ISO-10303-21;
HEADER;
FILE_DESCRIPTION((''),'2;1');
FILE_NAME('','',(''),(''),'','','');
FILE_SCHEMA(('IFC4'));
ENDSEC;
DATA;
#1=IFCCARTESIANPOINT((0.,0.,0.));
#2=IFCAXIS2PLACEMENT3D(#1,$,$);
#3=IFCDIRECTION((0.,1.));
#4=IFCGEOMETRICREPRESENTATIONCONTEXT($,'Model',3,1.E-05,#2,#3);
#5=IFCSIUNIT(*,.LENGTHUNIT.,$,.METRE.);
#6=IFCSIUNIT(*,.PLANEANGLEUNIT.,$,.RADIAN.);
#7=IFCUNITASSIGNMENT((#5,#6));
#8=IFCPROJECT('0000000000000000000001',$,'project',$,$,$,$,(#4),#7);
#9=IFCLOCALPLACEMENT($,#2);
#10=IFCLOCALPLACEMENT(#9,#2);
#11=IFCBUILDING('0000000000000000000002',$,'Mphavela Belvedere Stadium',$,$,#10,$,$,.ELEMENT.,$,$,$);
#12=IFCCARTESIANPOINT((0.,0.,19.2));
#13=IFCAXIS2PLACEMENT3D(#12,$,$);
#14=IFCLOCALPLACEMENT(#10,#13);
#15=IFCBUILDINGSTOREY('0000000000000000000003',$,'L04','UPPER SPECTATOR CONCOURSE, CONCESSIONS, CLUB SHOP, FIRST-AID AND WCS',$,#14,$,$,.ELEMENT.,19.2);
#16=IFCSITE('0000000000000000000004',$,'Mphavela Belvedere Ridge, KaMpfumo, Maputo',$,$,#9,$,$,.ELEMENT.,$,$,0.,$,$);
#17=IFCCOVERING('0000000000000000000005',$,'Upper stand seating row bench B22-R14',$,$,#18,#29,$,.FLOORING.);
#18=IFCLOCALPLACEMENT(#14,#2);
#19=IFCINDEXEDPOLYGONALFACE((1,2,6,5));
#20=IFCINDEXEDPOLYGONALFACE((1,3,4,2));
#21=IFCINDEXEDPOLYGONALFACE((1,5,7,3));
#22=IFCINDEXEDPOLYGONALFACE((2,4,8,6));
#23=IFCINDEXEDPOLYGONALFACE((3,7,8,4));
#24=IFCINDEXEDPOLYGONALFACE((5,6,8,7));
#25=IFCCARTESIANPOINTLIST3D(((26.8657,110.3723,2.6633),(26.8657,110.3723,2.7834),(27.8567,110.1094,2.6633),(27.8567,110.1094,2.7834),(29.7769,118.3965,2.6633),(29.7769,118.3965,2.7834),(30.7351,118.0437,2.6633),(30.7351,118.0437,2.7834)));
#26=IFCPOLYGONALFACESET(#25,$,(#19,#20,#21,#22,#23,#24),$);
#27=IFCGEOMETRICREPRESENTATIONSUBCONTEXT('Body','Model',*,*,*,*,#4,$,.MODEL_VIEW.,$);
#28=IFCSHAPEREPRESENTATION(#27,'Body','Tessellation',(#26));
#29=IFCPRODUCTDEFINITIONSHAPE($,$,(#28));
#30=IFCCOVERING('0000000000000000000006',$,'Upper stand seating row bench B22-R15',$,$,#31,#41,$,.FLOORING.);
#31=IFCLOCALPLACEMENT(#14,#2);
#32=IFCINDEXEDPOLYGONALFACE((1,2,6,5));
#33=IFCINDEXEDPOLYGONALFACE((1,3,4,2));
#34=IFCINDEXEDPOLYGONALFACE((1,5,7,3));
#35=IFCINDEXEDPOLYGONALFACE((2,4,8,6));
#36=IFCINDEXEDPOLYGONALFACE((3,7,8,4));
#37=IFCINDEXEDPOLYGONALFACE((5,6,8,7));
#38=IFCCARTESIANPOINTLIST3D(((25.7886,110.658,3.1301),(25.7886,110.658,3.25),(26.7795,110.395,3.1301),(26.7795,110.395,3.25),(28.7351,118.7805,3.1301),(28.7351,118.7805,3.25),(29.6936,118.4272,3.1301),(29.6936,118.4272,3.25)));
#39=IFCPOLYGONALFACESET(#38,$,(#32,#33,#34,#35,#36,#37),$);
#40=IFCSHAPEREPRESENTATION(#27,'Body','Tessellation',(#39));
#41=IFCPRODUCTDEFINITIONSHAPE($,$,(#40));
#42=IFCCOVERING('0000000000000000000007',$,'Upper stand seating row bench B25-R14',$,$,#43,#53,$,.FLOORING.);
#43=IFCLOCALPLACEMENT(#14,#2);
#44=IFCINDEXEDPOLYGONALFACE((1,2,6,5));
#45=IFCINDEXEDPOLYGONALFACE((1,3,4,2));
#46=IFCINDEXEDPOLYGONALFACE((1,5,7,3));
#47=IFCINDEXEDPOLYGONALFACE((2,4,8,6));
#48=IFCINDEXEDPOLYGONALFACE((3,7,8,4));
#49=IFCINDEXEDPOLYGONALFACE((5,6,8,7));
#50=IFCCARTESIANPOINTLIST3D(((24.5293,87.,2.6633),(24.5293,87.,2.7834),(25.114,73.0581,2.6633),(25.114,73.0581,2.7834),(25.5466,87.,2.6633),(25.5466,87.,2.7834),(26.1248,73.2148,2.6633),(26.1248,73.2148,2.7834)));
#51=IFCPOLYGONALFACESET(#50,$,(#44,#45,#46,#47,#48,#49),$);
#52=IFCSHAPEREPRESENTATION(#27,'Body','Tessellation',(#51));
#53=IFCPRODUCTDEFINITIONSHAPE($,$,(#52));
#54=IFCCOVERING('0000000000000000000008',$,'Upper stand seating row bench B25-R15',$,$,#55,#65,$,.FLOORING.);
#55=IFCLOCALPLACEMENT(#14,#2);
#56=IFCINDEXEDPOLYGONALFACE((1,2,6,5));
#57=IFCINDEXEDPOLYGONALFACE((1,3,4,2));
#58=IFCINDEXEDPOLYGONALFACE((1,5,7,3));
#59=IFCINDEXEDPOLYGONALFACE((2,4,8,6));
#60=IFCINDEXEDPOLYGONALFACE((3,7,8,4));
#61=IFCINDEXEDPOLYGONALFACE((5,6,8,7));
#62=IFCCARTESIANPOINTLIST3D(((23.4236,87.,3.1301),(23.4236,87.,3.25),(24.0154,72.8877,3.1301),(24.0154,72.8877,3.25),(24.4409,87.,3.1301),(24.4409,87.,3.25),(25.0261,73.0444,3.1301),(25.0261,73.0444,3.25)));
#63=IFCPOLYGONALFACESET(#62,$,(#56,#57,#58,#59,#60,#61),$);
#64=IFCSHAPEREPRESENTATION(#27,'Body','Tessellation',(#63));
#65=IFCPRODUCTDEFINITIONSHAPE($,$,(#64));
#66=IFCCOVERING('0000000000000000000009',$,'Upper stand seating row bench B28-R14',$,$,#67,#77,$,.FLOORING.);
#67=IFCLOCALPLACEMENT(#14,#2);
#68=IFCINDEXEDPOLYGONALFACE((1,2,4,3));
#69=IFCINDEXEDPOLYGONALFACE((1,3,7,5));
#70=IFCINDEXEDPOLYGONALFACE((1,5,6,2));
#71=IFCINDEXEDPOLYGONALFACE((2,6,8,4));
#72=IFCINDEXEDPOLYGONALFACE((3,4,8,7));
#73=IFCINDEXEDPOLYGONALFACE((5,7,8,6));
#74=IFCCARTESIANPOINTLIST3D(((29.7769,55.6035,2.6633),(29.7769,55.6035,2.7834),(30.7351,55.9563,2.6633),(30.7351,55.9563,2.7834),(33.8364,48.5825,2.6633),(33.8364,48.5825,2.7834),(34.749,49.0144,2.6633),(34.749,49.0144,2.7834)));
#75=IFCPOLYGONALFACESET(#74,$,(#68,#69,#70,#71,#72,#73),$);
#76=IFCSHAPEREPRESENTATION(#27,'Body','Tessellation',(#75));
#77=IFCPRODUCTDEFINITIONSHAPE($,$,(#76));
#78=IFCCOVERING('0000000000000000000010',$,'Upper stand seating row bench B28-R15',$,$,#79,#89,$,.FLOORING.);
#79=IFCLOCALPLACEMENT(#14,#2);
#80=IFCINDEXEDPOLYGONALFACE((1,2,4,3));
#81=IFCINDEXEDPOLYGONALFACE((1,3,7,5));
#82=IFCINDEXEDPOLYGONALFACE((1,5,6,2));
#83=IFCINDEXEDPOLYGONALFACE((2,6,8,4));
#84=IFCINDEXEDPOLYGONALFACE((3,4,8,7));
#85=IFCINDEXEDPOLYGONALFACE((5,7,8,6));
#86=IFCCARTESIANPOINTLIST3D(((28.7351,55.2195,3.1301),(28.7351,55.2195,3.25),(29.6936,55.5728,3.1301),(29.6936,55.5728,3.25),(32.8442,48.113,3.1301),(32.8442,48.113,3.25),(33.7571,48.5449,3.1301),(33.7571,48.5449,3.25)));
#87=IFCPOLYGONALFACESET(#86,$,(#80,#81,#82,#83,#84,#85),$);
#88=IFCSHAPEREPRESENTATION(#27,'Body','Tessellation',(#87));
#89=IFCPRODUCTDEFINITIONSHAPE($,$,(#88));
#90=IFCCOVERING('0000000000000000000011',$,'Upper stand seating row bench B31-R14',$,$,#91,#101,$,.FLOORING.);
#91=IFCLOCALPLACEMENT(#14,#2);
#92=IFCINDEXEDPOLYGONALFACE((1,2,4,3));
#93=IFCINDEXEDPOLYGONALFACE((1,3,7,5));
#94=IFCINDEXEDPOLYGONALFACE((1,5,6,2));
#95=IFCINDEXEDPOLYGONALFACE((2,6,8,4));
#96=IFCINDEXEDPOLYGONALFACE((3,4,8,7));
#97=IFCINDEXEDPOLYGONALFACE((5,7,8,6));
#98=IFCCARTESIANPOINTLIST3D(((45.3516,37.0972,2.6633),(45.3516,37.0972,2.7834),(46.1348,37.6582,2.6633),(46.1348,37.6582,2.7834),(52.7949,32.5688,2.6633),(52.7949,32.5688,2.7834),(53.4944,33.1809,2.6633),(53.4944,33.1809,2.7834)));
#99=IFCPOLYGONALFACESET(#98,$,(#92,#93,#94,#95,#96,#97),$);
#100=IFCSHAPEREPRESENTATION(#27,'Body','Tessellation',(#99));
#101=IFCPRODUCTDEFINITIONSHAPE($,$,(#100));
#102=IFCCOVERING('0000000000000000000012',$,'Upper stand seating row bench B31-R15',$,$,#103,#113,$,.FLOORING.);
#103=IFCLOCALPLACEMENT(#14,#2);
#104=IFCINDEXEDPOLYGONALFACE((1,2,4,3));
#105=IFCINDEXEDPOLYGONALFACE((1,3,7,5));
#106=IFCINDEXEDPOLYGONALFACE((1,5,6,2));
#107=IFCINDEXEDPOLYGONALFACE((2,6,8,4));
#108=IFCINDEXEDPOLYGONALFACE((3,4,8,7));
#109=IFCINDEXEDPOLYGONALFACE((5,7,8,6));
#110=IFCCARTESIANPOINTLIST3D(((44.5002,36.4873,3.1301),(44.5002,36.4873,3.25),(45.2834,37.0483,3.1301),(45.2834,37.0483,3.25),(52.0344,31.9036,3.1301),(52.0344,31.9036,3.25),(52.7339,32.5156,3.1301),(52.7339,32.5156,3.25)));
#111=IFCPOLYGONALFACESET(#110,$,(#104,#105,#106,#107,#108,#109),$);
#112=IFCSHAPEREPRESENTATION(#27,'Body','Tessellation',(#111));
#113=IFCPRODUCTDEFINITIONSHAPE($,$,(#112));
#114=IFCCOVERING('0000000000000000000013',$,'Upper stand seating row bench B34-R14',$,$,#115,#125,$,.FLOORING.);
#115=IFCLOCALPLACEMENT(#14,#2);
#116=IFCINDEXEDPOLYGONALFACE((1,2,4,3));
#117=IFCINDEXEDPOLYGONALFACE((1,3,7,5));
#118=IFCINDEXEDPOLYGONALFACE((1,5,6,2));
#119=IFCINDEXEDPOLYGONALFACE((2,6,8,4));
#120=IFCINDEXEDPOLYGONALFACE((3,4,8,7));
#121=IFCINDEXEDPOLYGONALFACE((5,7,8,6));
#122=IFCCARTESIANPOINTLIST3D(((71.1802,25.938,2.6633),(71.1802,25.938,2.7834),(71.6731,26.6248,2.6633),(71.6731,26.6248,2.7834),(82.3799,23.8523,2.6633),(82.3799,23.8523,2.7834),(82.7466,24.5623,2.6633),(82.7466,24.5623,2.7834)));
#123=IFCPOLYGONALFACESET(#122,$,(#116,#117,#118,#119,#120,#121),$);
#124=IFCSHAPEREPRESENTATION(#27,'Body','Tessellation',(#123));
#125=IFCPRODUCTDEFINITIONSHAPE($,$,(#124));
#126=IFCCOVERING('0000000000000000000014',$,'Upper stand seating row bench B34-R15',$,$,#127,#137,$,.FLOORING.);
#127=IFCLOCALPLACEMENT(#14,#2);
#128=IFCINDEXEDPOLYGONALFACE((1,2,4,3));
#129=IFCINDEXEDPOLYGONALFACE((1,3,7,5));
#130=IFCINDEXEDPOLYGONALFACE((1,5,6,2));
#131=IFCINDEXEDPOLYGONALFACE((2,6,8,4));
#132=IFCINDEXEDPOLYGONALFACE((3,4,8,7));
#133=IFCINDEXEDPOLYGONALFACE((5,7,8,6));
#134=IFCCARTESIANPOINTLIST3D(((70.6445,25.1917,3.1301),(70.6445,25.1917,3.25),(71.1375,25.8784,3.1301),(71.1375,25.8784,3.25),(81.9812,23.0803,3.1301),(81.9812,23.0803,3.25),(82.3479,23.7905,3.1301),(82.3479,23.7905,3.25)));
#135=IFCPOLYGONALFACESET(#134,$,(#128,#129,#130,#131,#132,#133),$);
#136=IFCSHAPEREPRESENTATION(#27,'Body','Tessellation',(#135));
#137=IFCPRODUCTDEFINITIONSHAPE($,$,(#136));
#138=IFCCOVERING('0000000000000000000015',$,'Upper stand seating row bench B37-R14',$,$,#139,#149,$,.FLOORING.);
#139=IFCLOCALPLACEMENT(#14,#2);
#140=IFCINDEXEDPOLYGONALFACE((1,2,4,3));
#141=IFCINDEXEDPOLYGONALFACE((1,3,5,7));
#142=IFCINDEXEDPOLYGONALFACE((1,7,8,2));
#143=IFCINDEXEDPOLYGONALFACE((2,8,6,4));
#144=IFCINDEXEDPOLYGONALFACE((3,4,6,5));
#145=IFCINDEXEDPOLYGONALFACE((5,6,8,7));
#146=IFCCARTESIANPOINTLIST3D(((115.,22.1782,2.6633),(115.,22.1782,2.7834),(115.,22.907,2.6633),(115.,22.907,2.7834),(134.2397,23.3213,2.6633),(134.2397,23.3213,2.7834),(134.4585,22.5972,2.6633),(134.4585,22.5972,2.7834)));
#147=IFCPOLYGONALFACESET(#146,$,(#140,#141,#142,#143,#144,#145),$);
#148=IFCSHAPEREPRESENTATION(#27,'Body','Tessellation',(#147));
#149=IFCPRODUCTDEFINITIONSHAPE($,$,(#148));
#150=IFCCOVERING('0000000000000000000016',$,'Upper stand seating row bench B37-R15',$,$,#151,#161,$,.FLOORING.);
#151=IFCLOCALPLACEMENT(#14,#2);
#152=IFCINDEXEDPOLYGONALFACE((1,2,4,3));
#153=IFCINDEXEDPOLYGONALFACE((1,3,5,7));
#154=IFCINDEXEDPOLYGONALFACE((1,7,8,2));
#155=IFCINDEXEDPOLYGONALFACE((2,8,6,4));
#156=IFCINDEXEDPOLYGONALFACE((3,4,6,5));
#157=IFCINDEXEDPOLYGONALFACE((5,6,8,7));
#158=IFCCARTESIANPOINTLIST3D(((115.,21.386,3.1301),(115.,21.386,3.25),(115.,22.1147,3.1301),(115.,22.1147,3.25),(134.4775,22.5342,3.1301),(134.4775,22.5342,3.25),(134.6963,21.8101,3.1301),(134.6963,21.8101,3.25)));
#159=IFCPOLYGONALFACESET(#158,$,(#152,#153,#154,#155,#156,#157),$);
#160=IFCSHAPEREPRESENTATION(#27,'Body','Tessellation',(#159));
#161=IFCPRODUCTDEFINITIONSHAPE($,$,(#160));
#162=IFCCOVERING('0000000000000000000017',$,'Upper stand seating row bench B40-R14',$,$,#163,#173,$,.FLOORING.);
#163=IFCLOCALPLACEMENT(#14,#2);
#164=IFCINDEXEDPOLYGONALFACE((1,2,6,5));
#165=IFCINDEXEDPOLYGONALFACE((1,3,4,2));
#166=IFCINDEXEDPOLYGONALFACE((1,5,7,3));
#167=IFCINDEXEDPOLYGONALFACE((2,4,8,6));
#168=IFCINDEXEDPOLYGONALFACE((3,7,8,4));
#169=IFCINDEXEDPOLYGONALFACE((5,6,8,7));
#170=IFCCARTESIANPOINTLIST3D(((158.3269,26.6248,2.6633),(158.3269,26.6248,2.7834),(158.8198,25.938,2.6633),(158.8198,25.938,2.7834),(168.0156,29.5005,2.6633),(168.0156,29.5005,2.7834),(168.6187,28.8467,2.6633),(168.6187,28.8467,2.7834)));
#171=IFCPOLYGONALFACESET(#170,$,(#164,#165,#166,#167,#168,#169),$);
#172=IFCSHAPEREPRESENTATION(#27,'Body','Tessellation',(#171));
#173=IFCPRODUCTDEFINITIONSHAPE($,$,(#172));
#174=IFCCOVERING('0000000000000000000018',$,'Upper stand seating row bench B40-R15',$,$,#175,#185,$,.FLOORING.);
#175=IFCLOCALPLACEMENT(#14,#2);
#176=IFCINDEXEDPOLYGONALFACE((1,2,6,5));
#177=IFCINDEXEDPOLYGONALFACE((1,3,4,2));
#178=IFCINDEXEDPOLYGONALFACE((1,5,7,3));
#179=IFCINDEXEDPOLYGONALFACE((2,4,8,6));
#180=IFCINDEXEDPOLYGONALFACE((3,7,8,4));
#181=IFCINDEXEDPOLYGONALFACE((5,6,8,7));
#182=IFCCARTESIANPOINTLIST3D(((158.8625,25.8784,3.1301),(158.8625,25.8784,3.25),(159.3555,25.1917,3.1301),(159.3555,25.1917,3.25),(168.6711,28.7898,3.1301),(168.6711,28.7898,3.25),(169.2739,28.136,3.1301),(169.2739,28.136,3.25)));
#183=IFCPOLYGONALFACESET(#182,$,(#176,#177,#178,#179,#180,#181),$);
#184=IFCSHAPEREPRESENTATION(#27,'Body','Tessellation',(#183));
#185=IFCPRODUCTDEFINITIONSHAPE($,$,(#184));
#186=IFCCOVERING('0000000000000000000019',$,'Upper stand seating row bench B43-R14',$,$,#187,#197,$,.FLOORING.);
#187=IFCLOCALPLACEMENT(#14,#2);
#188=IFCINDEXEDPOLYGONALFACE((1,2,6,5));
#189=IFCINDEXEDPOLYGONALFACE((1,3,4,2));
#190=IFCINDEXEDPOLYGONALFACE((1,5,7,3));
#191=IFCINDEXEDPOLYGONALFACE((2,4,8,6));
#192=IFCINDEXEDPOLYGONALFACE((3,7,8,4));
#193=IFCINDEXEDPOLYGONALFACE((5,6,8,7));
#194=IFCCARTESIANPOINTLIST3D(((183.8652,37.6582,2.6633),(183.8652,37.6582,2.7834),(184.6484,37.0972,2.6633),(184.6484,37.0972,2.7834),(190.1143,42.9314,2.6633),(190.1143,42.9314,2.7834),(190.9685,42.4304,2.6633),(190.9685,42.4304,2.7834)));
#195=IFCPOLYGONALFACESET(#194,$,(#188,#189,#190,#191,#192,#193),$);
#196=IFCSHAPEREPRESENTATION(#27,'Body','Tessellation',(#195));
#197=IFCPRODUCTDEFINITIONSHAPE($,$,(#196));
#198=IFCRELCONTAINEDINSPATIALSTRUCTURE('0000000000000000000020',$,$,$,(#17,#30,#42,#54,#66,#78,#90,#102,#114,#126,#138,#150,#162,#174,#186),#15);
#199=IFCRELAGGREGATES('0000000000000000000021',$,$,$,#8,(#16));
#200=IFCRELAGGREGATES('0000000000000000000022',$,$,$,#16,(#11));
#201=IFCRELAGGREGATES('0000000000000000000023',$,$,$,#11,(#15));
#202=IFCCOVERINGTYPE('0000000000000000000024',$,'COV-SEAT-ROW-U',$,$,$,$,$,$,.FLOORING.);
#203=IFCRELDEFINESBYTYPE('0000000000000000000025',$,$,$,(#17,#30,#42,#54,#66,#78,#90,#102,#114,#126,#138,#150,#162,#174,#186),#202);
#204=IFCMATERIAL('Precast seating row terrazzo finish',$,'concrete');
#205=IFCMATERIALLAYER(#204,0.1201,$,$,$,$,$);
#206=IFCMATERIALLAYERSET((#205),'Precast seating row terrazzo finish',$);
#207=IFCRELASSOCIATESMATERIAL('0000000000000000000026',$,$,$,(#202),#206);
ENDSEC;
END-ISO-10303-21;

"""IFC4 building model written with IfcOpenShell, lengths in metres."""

from ifc_helpers import new_model, si_unit, direction, frame, origin, place, context, subcontext, project, spatial, polyline, outline, extrude, material, layer, layer_set, type_object, element, save


model = new_model("IFC4")

# Units and contexts
model_context = context("Model", 3, precision=1e-05, world=origin(), true_north=direction((0.0, 1.0)))
body_context = subcontext(model_context, "Body", "Model", "MODEL_VIEW")
ifc_project = project(units=[si_unit("LENGTHUNIT", "METRE"), si_unit("PLANEANGLEUNIT", "RADIAN")], contexts=[model_context])

# Site, building, storey
site_placement = place(None, origin())
site = spatial("IfcSite", under=ifc_project, at=site_placement, Name="Mphavela Belvedere Ridge, KaMpfumo, Maputo", CompositionType="ELEMENT", RefElevation=0.0)
building_placement = place(site_placement, origin())
building = spatial("IfcBuilding", under=site, at=building_placement, Name="Mphavela Belvedere Stadium", CompositionType="ELEMENT")
storey_placement = place(building_placement, frame((0.0, 0.0, 19.2)))
storey = spatial("IfcBuildingStorey", under=building, at=storey_placement, Name="L04", Description="UPPER SPECTATOR CONCOURSE, CONCESSIONS, CLUB SHOP, FIRST-AID AND WCS", CompositionType="ELEMENT", Elevation=19.2)

# Coverings
ifc_material_1 = material(Name="Precast seating row terrazzo finish", Category="concrete")
ifc_layer = layer(ifc_material_1, 0.1201)
ifc_layer_set = layer_set([ifc_layer], Name="Precast seating row terrazzo finish")
covering_type = type_object("IfcCoveringType", Name="COV-SEAT-ROW-U", PredefinedType="FLOORING", material=ifc_layer_set)
covering_1_placement = place(storey_placement, frame((0.0, 0.0, 2.6633)))
element("IfcCovering", 1, at=covering_1_placement, inside=storey, type_object=covering_type, Name="Upper stand seating row bench B22-R14", PredefinedType="FLOORING", context=body_context, shape_type="SweptSolid", body=[
    extrude(outline(polyline([(30.7351, 118.0437), (27.8567, 110.1094), (26.8657, 110.3723), (29.7769, 118.3965), (30.7351, 118.0437)])), origin(), (0.0, 0.0, 1.0), 0.1201),
])
covering_2_placement = place(storey_placement, frame((0.0, 0.0, 3.1301)))
element("IfcCovering", 2, at=covering_2_placement, inside=storey, type_object=covering_type, Name="Upper stand seating row bench B22-R15", PredefinedType="FLOORING", context=body_context, shape_type="SweptSolid", body=[
    extrude(outline(polyline([(29.6936, 118.4272), (26.7795, 110.395), (25.7886, 110.658), (28.7351, 118.7805), (29.6936, 118.4272)])), origin(), (0.0, 0.0, 1.0), 0.1199),
])
covering_3_placement = place(storey_placement, frame((0.0, 0.0, 2.6633)))
element("IfcCovering", 3, at=covering_3_placement, inside=storey, type_object=covering_type, Name="Upper stand seating row bench B25-R14", PredefinedType="FLOORING", context=body_context, shape_type="SweptSolid", body=[
    extrude(outline(polyline([(25.5466, 87.0), (26.1248, 73.2148), (25.114, 73.0581), (24.5293, 87.0), (25.5466, 87.0)])), origin(), (0.0, 0.0, 1.0), 0.1201),
])
covering_4_placement = place(storey_placement, frame((0.0, 0.0, 3.1301)))
element("IfcCovering", 4, at=covering_4_placement, inside=storey, type_object=covering_type, Name="Upper stand seating row bench B25-R15", PredefinedType="FLOORING", context=body_context, shape_type="SweptSolid", body=[
    extrude(outline(polyline([(24.4409, 87.0), (25.0261, 73.0444), (24.0154, 72.8877), (23.4236, 87.0), (24.4409, 87.0)])), origin(), (0.0, 0.0, 1.0), 0.1199),
])
covering_5_placement = place(storey_placement, frame((0.0, 0.0, 2.6633)))
element("IfcCovering", 5, at=covering_5_placement, inside=storey, type_object=covering_type, Name="Upper stand seating row bench B28-R14", PredefinedType="FLOORING", context=body_context, shape_type="SweptSolid", body=[
    extrude(outline(polyline([(30.7351, 55.9563), (34.749, 49.0144), (33.8364, 48.5825), (29.7769, 55.6035), (30.7351, 55.9563)])), origin(), (0.0, 0.0, 1.0), 0.1201),
])
covering_6_placement = place(storey_placement, frame((0.0, 0.0, 3.1301)))
element("IfcCovering", 6, at=covering_6_placement, inside=storey, type_object=covering_type, Name="Upper stand seating row bench B28-R15", PredefinedType="FLOORING", context=body_context, shape_type="SweptSolid", body=[
    extrude(outline(polyline([(29.6936, 55.5728), (33.7571, 48.5449), (32.8442, 48.113), (28.7351, 55.2195), (29.6936, 55.5728)])), origin(), (0.0, 0.0, 1.0), 0.1199),
])
covering_7_placement = place(storey_placement, frame((0.0, 0.0, 2.6633)))
element("IfcCovering", 7, at=covering_7_placement, inside=storey, type_object=covering_type, Name="Upper stand seating row bench B31-R14", PredefinedType="FLOORING", context=body_context, shape_type="SweptSolid", body=[
    extrude(outline(polyline([(46.1348, 37.6582), (53.4944, 33.1809), (52.7949, 32.5688), (45.3516, 37.0972), (46.1348, 37.6582)])), origin(), (0.0, 0.0, 1.0), 0.1201),
])
covering_8_placement = place(storey_placement, frame((0.0, 0.0, 3.1301)))
element("IfcCovering", 8, at=covering_8_placement, inside=storey, type_object=covering_type, Name="Upper stand seating row bench B31-R15", PredefinedType="FLOORING", context=body_context, shape_type="SweptSolid", body=[
    extrude(outline(polyline([(45.2834, 37.0483), (52.7339, 32.5156), (52.0344, 31.9036), (44.5002, 36.4873), (45.2834, 37.0483)])), origin(), (0.0, 0.0, 1.0), 0.1199),
])
covering_9_placement = place(storey_placement, frame((0.0, 0.0, 2.6633)))
element("IfcCovering", 9, at=covering_9_placement, inside=storey, type_object=covering_type, Name="Upper stand seating row bench B34-R14", PredefinedType="FLOORING", context=body_context, shape_type="SweptSolid", body=[
    extrude(outline(polyline([(71.6731, 26.6248), (82.7466, 24.5623), (82.3799, 23.8523), (71.1802, 25.938), (71.6731, 26.6248)])), origin(), (0.0, 0.0, 1.0), 0.1201),
])
covering_10_placement = place(storey_placement, frame((0.0, 0.0, 3.1301)))
element("IfcCovering", 10, at=covering_10_placement, inside=storey, type_object=covering_type, Name="Upper stand seating row bench B34-R15", PredefinedType="FLOORING", context=body_context, shape_type="SweptSolid", body=[
    extrude(outline(polyline([(71.1375, 25.8784), (82.3479, 23.7905), (81.9812, 23.0803), (70.6445, 25.1917), (71.1375, 25.8784)])), origin(), (0.0, 0.0, 1.0), 0.1199),
])
covering_11_placement = place(storey_placement, frame((0.0, 0.0, 2.6633)))
element("IfcCovering", 11, at=covering_11_placement, inside=storey, type_object=covering_type, Name="Upper stand seating row bench B37-R14", PredefinedType="FLOORING", context=body_context, shape_type="SweptSolid", body=[
    extrude(outline(polyline([(115.0, 22.907), (134.2397, 23.3213), (134.4585, 22.5972), (115.0, 22.1782), (115.0, 22.907)])), origin(), (0.0, 0.0, 1.0), 0.1201),
])
covering_12_placement = place(storey_placement, frame((0.0, 0.0, 3.1301)))
element("IfcCovering", 12, at=covering_12_placement, inside=storey, type_object=covering_type, Name="Upper stand seating row bench B37-R15", PredefinedType="FLOORING", context=body_context, shape_type="SweptSolid", body=[
    extrude(outline(polyline([(115.0, 22.1147), (134.4775, 22.5342), (134.6963, 21.8101), (115.0, 21.386), (115.0, 22.1147)])), origin(), (0.0, 0.0, 1.0), 0.1199),
])
covering_13_placement = place(storey_placement, frame((0.0, 0.0, 2.6633)))
element("IfcCovering", 13, at=covering_13_placement, inside=storey, type_object=covering_type, Name="Upper stand seating row bench B40-R14", PredefinedType="FLOORING", context=body_context, shape_type="SweptSolid", body=[
    extrude(outline(polyline([(158.3269, 26.6248), (168.0156, 29.5005), (168.6187, 28.8467), (158.8198, 25.938), (158.3269, 26.6248)])), origin(), (0.0, 0.0, 1.0), 0.1201),
])
covering_14_placement = place(storey_placement, frame((0.0, 0.0, 3.1301)))
element("IfcCovering", 14, at=covering_14_placement, inside=storey, type_object=covering_type, Name="Upper stand seating row bench B40-R15", PredefinedType="FLOORING", context=body_context, shape_type="SweptSolid", body=[
    extrude(outline(polyline([(158.8625, 25.8784), (168.6711, 28.7898), (169.2739, 28.136), (159.3555, 25.1917), (158.8625, 25.8784)])), origin(), (0.0, 0.0, 1.0), 0.1199),
])
covering_15_placement = place(storey_placement, frame((0.0, 0.0, 2.6633)))
element("IfcCovering", 15, at=covering_15_placement, inside=storey, type_object=covering_type, Name="Upper stand seating row bench B43-R14", PredefinedType="FLOORING", context=body_context, shape_type="SweptSolid", body=[
    extrude(outline(polyline([(183.8652, 37.6582), (190.1143, 42.9314), (190.9685, 42.4304), (184.6484, 37.0972), (183.8652, 37.6582)])), origin(), (0.0, 0.0, 1.0), 0.1201),
])

save(model, "model.ifc")
